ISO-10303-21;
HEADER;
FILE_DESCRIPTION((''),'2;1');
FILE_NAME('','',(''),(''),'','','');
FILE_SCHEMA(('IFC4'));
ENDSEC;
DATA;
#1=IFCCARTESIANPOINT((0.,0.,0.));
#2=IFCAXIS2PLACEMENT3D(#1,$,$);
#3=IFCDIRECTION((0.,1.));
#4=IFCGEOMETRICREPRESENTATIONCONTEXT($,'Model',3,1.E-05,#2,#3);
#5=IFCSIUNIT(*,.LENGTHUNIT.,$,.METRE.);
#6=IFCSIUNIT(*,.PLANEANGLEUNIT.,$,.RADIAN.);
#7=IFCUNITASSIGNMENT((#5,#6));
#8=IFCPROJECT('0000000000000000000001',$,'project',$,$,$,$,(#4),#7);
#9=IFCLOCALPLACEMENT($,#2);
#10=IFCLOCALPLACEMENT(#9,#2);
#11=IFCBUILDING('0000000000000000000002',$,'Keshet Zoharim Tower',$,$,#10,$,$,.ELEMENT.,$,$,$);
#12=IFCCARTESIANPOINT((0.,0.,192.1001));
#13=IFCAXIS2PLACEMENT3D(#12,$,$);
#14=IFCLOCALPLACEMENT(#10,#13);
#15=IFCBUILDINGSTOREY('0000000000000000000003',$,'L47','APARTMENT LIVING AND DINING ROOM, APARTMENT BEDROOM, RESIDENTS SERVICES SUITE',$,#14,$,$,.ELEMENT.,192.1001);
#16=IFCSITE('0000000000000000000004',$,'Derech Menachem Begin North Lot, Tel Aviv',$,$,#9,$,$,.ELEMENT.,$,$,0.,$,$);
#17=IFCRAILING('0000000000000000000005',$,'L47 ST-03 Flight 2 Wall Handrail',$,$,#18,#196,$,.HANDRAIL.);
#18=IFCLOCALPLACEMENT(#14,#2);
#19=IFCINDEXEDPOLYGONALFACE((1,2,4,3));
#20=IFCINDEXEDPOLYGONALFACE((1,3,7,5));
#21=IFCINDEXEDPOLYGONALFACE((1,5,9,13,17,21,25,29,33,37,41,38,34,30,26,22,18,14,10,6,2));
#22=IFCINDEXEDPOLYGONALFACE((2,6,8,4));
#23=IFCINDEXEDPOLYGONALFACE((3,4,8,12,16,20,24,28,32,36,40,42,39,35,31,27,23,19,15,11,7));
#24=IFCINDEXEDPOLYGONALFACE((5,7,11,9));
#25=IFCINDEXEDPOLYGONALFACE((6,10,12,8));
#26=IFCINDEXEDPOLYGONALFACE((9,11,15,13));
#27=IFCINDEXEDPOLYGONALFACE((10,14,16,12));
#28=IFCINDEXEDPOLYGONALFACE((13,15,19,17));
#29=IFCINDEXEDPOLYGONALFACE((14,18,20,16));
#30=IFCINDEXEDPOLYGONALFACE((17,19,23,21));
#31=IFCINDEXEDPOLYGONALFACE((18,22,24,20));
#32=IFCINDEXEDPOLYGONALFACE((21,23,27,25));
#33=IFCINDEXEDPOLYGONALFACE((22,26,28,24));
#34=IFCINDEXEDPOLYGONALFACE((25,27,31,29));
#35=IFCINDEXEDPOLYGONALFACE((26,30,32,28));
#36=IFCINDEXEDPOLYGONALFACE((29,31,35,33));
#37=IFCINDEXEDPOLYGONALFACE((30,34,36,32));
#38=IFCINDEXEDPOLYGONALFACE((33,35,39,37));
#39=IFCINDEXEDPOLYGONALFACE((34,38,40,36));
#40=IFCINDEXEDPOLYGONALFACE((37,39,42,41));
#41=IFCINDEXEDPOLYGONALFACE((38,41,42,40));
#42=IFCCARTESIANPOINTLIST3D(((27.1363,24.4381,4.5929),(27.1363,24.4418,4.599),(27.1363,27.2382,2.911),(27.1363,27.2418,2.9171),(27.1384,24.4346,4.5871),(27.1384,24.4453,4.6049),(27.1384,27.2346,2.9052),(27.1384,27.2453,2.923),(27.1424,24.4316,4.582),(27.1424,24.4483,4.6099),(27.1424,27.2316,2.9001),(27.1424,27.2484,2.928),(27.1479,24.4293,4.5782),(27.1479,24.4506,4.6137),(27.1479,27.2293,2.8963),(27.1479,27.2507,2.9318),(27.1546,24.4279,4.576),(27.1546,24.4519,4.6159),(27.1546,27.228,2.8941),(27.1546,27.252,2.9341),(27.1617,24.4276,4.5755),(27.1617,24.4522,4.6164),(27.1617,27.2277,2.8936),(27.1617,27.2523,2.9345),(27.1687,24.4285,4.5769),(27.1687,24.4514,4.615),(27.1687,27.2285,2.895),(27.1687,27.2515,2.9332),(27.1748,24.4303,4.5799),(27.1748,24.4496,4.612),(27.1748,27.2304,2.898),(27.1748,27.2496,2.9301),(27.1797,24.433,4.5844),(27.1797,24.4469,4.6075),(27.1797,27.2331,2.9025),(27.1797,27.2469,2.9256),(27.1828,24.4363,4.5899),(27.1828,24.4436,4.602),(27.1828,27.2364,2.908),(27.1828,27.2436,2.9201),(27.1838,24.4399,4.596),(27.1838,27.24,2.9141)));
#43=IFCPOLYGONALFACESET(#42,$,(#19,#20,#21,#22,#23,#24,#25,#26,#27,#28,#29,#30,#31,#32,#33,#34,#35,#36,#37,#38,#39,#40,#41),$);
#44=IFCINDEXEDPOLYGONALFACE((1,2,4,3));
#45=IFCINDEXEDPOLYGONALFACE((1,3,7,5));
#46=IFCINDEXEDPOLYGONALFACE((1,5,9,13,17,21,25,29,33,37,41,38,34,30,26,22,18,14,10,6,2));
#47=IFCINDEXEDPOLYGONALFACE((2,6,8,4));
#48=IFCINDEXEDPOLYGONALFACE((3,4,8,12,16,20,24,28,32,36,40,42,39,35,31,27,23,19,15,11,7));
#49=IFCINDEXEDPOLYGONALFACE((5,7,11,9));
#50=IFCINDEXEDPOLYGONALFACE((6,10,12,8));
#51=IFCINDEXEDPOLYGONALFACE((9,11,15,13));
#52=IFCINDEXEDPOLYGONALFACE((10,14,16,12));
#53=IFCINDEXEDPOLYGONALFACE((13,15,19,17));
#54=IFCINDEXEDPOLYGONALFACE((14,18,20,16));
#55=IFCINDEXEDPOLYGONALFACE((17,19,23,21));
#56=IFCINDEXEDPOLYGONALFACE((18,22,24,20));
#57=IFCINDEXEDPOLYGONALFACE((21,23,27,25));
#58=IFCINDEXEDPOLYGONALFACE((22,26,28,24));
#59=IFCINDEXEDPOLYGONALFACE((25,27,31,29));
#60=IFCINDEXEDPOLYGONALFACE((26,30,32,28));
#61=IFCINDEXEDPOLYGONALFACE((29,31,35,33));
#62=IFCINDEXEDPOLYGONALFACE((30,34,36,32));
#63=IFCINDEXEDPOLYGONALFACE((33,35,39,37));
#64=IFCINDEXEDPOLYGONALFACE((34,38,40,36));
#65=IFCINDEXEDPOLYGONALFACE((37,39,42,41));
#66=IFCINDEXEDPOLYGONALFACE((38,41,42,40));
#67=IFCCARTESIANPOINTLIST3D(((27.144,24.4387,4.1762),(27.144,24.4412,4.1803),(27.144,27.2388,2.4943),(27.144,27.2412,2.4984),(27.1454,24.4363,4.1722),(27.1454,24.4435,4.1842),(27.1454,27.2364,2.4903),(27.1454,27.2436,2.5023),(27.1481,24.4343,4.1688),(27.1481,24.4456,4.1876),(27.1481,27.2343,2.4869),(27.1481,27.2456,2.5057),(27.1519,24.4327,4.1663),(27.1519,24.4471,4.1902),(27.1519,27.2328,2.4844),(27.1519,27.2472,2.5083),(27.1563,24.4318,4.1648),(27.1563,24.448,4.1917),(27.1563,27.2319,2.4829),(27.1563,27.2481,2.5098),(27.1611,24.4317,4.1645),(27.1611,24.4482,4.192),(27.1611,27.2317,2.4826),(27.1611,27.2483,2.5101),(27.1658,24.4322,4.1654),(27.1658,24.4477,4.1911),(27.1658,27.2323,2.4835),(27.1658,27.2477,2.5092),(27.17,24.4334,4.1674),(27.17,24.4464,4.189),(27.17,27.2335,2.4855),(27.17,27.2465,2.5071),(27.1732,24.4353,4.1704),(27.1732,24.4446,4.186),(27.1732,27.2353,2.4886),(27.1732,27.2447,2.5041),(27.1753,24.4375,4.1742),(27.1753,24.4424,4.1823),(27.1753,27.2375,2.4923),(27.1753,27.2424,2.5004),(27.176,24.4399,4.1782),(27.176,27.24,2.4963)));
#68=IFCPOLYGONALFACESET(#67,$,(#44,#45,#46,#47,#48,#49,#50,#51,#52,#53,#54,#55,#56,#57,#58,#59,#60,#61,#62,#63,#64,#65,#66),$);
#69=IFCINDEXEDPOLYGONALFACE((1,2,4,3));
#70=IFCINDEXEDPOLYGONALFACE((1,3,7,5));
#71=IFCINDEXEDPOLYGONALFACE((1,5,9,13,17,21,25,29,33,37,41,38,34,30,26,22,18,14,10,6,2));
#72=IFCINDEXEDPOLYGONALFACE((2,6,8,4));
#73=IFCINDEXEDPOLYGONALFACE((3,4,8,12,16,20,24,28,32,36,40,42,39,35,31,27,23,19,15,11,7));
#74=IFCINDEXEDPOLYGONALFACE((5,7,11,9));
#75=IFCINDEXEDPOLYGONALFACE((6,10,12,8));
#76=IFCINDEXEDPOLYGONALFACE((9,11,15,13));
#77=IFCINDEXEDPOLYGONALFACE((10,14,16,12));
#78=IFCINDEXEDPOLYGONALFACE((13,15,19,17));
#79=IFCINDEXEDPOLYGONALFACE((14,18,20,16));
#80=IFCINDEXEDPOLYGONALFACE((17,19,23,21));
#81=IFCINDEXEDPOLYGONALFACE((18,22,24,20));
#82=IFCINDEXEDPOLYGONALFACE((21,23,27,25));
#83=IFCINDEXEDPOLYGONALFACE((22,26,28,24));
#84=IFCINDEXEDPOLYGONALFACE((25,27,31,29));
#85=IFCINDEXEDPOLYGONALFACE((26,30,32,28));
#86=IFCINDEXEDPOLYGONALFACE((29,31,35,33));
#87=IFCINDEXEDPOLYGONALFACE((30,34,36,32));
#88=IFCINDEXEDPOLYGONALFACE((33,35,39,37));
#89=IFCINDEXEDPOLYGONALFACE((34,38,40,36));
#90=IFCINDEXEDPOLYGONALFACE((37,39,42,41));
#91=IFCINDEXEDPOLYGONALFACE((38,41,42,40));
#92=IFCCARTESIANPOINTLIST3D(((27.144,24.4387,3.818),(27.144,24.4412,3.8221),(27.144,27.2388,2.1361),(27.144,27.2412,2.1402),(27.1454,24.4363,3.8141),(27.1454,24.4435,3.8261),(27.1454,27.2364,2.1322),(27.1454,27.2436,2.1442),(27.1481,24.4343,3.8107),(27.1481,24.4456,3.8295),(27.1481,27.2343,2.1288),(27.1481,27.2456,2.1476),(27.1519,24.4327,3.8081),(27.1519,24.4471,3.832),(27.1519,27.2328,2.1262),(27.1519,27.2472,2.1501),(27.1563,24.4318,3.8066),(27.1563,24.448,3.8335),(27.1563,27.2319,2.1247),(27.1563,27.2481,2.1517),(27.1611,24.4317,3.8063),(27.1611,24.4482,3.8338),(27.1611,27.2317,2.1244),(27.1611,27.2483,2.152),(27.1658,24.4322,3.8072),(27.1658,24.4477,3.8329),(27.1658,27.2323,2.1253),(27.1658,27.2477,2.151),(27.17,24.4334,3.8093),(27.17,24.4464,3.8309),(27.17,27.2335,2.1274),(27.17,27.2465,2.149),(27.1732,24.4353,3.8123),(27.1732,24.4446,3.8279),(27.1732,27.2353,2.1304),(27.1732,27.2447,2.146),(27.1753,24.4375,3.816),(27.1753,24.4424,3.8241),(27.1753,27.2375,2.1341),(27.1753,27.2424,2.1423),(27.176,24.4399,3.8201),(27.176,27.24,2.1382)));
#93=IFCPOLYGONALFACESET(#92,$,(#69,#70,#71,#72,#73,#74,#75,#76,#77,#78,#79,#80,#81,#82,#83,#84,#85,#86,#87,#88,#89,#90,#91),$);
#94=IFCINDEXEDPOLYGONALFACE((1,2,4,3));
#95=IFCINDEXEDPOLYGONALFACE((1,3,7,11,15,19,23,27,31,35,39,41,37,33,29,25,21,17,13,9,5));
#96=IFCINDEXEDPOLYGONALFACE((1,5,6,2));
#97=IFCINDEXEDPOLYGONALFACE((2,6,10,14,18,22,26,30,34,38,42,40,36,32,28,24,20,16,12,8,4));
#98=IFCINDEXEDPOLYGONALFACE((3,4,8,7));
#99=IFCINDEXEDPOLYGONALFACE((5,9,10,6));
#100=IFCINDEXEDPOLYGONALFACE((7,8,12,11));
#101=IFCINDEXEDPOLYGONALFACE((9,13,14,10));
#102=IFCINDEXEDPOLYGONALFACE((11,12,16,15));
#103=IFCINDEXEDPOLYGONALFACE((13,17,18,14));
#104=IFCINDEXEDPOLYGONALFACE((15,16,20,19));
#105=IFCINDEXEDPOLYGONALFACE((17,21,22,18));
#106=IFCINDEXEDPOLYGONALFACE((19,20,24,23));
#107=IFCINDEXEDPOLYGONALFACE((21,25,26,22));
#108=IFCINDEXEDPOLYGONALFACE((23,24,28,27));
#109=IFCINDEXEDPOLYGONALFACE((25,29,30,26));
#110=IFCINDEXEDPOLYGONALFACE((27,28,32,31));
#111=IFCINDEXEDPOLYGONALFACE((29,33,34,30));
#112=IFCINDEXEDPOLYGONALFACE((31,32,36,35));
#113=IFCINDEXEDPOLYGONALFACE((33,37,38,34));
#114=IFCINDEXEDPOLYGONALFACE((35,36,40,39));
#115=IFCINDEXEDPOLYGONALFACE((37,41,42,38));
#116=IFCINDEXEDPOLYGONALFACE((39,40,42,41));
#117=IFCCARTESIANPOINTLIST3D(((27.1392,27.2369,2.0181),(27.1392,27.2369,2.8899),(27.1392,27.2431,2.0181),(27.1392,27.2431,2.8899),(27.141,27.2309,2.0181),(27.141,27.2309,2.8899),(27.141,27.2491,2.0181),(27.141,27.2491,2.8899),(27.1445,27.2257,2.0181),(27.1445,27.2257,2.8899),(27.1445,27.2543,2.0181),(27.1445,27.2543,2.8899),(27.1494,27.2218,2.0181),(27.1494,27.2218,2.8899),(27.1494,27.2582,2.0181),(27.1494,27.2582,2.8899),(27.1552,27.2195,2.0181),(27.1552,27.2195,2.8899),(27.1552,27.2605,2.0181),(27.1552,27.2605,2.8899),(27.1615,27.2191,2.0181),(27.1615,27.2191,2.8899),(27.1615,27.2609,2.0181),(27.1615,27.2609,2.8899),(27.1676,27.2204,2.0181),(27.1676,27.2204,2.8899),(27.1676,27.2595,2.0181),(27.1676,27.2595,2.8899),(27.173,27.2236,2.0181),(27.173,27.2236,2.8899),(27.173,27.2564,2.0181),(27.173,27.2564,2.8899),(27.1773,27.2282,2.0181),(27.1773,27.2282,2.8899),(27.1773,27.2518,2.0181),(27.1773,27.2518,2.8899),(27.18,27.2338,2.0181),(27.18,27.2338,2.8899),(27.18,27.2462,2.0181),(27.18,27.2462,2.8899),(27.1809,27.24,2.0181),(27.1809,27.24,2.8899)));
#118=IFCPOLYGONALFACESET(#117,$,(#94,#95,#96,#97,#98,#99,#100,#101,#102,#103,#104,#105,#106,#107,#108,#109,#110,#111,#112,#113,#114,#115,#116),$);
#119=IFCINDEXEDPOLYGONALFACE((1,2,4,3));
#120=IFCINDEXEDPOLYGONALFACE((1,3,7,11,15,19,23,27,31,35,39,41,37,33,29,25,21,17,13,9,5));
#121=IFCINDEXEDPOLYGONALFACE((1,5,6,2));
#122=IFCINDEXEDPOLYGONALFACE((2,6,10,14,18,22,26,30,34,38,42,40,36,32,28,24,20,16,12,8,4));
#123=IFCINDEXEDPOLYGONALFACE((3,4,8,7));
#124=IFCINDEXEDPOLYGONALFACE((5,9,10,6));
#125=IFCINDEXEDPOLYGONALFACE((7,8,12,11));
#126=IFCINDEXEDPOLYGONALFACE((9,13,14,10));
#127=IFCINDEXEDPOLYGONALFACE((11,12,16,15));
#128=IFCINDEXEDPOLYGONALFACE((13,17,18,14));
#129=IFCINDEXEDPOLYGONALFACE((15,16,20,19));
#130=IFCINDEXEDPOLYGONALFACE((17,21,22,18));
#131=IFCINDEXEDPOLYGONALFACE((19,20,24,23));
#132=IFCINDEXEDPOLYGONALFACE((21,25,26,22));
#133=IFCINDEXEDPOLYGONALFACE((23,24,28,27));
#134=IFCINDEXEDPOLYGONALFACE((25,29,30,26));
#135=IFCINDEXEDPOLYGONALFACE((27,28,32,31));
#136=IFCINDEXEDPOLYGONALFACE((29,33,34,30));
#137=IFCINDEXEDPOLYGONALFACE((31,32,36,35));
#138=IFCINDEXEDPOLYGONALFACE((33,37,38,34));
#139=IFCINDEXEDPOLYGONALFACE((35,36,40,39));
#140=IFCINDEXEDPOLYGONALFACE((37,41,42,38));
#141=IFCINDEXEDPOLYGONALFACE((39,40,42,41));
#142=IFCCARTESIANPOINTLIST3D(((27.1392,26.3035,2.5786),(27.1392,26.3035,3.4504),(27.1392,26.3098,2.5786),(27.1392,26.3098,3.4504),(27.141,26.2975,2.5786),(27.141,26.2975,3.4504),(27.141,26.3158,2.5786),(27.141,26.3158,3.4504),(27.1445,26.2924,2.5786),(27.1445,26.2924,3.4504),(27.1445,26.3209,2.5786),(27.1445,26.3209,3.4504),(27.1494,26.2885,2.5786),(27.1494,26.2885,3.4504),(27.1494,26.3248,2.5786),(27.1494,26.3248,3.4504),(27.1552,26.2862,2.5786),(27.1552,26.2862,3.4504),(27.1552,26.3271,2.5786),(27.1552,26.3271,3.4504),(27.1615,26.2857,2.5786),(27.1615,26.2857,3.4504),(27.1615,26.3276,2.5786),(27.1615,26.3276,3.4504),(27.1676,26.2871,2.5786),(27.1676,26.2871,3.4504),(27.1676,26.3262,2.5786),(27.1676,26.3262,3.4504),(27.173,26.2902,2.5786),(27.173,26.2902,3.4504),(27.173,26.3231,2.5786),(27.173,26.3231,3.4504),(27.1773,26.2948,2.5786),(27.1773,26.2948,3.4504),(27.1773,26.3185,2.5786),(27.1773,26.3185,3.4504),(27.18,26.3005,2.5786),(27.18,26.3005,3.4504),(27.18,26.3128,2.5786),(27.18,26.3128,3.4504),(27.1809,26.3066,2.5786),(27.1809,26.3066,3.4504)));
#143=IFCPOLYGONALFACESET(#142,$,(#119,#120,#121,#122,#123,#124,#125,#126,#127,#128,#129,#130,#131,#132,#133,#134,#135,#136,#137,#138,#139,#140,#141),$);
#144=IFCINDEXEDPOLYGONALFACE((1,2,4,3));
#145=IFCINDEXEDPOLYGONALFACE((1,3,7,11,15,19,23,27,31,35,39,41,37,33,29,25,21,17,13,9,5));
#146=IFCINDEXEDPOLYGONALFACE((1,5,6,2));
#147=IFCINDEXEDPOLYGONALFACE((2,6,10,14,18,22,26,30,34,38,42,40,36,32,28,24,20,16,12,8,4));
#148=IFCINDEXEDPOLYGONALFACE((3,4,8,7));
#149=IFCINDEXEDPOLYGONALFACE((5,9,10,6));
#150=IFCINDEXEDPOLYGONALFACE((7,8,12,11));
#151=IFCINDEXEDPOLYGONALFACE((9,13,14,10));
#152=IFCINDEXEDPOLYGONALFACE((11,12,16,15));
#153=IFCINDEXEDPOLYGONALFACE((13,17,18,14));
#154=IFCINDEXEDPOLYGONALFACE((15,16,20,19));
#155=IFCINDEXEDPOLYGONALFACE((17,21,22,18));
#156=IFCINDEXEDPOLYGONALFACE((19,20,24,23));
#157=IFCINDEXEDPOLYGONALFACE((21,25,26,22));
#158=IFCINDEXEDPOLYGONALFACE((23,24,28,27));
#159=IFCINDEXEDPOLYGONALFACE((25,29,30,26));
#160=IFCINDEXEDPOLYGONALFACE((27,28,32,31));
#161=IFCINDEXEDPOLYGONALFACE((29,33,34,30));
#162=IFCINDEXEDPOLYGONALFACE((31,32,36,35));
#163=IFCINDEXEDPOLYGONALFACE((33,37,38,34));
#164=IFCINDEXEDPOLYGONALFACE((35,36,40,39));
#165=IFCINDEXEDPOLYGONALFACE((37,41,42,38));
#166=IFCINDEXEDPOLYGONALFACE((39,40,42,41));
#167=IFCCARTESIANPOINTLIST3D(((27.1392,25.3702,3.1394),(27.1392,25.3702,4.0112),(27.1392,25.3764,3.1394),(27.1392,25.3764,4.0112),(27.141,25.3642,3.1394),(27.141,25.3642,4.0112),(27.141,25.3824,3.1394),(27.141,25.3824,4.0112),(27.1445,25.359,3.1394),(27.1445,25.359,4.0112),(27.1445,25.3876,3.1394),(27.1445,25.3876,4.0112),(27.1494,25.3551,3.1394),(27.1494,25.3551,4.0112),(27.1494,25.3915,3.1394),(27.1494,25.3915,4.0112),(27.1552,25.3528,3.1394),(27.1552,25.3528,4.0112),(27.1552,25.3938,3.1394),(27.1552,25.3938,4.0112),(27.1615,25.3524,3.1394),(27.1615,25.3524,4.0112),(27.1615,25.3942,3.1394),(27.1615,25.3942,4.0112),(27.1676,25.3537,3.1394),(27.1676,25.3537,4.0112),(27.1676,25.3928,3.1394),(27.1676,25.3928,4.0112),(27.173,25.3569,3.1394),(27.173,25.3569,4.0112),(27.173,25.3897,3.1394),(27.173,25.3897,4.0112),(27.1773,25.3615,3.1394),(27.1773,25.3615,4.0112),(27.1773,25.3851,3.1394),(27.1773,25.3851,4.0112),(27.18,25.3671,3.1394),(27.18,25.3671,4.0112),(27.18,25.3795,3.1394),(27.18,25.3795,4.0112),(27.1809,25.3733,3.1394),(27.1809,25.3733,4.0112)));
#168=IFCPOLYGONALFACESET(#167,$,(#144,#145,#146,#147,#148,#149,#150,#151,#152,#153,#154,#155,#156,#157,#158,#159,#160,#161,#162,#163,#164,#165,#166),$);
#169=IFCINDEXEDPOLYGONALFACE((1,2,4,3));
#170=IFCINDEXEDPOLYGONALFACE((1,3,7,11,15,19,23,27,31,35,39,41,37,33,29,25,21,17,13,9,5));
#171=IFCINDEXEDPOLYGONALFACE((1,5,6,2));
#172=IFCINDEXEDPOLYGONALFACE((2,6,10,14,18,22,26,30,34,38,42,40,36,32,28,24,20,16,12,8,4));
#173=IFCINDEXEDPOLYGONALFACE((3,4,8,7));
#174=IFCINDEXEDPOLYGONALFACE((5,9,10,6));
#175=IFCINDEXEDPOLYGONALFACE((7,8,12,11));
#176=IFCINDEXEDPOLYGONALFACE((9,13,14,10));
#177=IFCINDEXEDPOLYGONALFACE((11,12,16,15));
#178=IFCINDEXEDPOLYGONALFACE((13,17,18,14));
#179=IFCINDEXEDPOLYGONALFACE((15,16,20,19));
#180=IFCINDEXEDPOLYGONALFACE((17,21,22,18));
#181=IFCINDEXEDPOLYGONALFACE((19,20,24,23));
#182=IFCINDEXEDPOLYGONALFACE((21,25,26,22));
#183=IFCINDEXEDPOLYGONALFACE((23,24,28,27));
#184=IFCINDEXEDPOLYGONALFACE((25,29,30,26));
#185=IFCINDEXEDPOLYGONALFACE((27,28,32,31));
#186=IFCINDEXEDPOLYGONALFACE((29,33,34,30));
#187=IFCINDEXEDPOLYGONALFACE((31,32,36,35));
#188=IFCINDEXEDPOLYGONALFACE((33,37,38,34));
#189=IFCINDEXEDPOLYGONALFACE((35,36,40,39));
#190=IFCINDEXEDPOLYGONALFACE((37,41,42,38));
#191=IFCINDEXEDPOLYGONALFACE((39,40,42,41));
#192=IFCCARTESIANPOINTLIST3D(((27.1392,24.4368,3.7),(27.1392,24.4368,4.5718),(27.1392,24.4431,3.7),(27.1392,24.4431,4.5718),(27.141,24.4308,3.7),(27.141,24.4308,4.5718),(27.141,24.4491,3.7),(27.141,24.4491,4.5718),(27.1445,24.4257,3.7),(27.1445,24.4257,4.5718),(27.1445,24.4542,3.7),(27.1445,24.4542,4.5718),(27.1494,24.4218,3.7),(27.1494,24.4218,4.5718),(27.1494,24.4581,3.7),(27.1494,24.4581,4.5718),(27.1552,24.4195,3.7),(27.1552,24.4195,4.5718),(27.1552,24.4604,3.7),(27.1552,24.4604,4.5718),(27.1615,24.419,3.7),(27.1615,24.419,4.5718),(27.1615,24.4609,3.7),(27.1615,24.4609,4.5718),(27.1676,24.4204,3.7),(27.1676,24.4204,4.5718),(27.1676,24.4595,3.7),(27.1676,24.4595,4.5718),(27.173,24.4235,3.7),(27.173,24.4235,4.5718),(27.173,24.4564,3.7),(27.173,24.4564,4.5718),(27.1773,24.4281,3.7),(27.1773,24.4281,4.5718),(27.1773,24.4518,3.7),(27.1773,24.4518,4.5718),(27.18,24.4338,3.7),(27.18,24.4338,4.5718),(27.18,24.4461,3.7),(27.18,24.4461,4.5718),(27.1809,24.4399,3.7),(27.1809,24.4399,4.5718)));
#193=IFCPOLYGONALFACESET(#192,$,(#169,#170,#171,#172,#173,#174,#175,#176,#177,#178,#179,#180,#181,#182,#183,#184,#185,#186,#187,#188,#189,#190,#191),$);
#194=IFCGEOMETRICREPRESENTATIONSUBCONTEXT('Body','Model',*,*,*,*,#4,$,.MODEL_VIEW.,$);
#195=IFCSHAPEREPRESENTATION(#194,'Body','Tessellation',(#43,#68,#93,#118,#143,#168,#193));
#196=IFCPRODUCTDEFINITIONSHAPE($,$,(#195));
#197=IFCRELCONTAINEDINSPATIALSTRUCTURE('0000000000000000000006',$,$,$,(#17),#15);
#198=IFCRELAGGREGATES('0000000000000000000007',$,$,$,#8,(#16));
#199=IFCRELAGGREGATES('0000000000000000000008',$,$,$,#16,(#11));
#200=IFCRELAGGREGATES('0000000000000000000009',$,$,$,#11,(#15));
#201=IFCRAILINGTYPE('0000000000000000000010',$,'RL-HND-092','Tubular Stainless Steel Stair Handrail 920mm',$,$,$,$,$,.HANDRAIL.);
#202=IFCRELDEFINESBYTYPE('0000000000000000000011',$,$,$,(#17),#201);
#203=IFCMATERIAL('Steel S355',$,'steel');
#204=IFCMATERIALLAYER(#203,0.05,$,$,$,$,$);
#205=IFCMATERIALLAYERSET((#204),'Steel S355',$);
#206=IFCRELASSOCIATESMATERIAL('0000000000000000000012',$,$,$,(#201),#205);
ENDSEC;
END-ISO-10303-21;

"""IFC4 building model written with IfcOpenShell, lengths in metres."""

from ifc_helpers import new_model, si_unit, direction, frame, origin, origin_2d, place, context, subcontext, project, spatial, circle, extrude, material, layer, layer_set, type_object, element, save


model = new_model("IFC4")

# Units and contexts
model_context = context("Model", 3, precision=1e-05, world=origin(), true_north=direction((0.0, 1.0)))
body_context = subcontext(model_context, "Body", "Model", "MODEL_VIEW")
ifc_project = project(units=[si_unit("LENGTHUNIT", "METRE"), si_unit("PLANEANGLEUNIT", "RADIAN")], contexts=[model_context])

# Site, building, storey
site_placement = place(None, origin())
site = spatial("IfcSite", under=ifc_project, at=site_placement, Name="Derech Menachem Begin North Lot, Tel Aviv", CompositionType="ELEMENT", RefElevation=0.0)
building_placement = place(site_placement, origin())
building = spatial("IfcBuilding", under=site, at=building_placement, Name="Keshet Zoharim Tower", CompositionType="ELEMENT")
storey_placement = place(building_placement, frame((0.0, 0.0, 192.1001)))
storey = spatial("IfcBuildingStorey", under=building, at=storey_placement, Name="L47", Description="APARTMENT LIVING AND DINING ROOM, APARTMENT BEDROOM, RESIDENTS SERVICES SUITE", CompositionType="ELEMENT", Elevation=192.1001)

# Shared definitions
ifc_material_1 = material(Name="Steel S355", Category="steel")

# Railing
ifc_layer_1 = layer(ifc_material_1, 0.05)
ifc_layer_set_1 = layer_set([ifc_layer_1], Name="Steel S355")
railing_type = type_object("IfcRailingType", Name="RL-HND-092", Description="Tubular Stainless Steel Stair Handrail 920mm", PredefinedType="HANDRAIL", material=ifc_layer_set_1)
railing_placement = place(storey_placement, frame((27.1599, 27.24, 2.0181)))
element("IfcRailing", 1, at=railing_placement, inside=storey, type_object=railing_type, Name="L47 ST-03 Flight 2 Wall Handrail", PredefinedType="HANDRAIL", context=body_context, shape_type="SweptSolid", body=[
    extrude(circle(Radius=0.0239, at=origin_2d()), frame((0.0, 0.0, 0.896), z_axis=(0.0, -0.857242, 0.514913), x_axis=(1.0, 0.0, 0.0)), (0.0, 0.0, 1.0), 3.2664),
    extrude(circle(Radius=0.0161, at=origin_2d()), frame((0.0, 0.0, 0.4783), z_axis=(0.0, -0.857242, 0.514913), x_axis=(1.0, 0.0, 0.0)), (0.0, 0.0, 1.0), 3.2664),
    extrude(circle(Radius=0.0161, at=origin_2d()), frame((0.0, 0.0, 0.1201), z_axis=(0.0, -0.857242, 0.514913), x_axis=(1.0, 0.0, 0.0)), (0.0, 0.0, 1.0), 3.2664),
    extrude(circle(Radius=0.021, at=origin_2d()), origin(), (0.0, 0.0, 1.0), 0.8718),
    extrude(circle(Radius=0.021, at=origin_2d()), frame((0.0, -0.9333, 0.5605)), (0.0, 0.0, 1.0), 0.8718),
    extrude(circle(Radius=0.021, at=origin_2d()), frame((0.0, -1.8667, 1.1213)), (0.0, 0.0, 1.0), 0.8718),
    extrude(circle(Radius=0.021, at=origin_2d()), frame((0.0, -2.8, 1.6819)), (0.0, 0.0, 1.0), 0.8718),
])

save(model, "model.ifc")
